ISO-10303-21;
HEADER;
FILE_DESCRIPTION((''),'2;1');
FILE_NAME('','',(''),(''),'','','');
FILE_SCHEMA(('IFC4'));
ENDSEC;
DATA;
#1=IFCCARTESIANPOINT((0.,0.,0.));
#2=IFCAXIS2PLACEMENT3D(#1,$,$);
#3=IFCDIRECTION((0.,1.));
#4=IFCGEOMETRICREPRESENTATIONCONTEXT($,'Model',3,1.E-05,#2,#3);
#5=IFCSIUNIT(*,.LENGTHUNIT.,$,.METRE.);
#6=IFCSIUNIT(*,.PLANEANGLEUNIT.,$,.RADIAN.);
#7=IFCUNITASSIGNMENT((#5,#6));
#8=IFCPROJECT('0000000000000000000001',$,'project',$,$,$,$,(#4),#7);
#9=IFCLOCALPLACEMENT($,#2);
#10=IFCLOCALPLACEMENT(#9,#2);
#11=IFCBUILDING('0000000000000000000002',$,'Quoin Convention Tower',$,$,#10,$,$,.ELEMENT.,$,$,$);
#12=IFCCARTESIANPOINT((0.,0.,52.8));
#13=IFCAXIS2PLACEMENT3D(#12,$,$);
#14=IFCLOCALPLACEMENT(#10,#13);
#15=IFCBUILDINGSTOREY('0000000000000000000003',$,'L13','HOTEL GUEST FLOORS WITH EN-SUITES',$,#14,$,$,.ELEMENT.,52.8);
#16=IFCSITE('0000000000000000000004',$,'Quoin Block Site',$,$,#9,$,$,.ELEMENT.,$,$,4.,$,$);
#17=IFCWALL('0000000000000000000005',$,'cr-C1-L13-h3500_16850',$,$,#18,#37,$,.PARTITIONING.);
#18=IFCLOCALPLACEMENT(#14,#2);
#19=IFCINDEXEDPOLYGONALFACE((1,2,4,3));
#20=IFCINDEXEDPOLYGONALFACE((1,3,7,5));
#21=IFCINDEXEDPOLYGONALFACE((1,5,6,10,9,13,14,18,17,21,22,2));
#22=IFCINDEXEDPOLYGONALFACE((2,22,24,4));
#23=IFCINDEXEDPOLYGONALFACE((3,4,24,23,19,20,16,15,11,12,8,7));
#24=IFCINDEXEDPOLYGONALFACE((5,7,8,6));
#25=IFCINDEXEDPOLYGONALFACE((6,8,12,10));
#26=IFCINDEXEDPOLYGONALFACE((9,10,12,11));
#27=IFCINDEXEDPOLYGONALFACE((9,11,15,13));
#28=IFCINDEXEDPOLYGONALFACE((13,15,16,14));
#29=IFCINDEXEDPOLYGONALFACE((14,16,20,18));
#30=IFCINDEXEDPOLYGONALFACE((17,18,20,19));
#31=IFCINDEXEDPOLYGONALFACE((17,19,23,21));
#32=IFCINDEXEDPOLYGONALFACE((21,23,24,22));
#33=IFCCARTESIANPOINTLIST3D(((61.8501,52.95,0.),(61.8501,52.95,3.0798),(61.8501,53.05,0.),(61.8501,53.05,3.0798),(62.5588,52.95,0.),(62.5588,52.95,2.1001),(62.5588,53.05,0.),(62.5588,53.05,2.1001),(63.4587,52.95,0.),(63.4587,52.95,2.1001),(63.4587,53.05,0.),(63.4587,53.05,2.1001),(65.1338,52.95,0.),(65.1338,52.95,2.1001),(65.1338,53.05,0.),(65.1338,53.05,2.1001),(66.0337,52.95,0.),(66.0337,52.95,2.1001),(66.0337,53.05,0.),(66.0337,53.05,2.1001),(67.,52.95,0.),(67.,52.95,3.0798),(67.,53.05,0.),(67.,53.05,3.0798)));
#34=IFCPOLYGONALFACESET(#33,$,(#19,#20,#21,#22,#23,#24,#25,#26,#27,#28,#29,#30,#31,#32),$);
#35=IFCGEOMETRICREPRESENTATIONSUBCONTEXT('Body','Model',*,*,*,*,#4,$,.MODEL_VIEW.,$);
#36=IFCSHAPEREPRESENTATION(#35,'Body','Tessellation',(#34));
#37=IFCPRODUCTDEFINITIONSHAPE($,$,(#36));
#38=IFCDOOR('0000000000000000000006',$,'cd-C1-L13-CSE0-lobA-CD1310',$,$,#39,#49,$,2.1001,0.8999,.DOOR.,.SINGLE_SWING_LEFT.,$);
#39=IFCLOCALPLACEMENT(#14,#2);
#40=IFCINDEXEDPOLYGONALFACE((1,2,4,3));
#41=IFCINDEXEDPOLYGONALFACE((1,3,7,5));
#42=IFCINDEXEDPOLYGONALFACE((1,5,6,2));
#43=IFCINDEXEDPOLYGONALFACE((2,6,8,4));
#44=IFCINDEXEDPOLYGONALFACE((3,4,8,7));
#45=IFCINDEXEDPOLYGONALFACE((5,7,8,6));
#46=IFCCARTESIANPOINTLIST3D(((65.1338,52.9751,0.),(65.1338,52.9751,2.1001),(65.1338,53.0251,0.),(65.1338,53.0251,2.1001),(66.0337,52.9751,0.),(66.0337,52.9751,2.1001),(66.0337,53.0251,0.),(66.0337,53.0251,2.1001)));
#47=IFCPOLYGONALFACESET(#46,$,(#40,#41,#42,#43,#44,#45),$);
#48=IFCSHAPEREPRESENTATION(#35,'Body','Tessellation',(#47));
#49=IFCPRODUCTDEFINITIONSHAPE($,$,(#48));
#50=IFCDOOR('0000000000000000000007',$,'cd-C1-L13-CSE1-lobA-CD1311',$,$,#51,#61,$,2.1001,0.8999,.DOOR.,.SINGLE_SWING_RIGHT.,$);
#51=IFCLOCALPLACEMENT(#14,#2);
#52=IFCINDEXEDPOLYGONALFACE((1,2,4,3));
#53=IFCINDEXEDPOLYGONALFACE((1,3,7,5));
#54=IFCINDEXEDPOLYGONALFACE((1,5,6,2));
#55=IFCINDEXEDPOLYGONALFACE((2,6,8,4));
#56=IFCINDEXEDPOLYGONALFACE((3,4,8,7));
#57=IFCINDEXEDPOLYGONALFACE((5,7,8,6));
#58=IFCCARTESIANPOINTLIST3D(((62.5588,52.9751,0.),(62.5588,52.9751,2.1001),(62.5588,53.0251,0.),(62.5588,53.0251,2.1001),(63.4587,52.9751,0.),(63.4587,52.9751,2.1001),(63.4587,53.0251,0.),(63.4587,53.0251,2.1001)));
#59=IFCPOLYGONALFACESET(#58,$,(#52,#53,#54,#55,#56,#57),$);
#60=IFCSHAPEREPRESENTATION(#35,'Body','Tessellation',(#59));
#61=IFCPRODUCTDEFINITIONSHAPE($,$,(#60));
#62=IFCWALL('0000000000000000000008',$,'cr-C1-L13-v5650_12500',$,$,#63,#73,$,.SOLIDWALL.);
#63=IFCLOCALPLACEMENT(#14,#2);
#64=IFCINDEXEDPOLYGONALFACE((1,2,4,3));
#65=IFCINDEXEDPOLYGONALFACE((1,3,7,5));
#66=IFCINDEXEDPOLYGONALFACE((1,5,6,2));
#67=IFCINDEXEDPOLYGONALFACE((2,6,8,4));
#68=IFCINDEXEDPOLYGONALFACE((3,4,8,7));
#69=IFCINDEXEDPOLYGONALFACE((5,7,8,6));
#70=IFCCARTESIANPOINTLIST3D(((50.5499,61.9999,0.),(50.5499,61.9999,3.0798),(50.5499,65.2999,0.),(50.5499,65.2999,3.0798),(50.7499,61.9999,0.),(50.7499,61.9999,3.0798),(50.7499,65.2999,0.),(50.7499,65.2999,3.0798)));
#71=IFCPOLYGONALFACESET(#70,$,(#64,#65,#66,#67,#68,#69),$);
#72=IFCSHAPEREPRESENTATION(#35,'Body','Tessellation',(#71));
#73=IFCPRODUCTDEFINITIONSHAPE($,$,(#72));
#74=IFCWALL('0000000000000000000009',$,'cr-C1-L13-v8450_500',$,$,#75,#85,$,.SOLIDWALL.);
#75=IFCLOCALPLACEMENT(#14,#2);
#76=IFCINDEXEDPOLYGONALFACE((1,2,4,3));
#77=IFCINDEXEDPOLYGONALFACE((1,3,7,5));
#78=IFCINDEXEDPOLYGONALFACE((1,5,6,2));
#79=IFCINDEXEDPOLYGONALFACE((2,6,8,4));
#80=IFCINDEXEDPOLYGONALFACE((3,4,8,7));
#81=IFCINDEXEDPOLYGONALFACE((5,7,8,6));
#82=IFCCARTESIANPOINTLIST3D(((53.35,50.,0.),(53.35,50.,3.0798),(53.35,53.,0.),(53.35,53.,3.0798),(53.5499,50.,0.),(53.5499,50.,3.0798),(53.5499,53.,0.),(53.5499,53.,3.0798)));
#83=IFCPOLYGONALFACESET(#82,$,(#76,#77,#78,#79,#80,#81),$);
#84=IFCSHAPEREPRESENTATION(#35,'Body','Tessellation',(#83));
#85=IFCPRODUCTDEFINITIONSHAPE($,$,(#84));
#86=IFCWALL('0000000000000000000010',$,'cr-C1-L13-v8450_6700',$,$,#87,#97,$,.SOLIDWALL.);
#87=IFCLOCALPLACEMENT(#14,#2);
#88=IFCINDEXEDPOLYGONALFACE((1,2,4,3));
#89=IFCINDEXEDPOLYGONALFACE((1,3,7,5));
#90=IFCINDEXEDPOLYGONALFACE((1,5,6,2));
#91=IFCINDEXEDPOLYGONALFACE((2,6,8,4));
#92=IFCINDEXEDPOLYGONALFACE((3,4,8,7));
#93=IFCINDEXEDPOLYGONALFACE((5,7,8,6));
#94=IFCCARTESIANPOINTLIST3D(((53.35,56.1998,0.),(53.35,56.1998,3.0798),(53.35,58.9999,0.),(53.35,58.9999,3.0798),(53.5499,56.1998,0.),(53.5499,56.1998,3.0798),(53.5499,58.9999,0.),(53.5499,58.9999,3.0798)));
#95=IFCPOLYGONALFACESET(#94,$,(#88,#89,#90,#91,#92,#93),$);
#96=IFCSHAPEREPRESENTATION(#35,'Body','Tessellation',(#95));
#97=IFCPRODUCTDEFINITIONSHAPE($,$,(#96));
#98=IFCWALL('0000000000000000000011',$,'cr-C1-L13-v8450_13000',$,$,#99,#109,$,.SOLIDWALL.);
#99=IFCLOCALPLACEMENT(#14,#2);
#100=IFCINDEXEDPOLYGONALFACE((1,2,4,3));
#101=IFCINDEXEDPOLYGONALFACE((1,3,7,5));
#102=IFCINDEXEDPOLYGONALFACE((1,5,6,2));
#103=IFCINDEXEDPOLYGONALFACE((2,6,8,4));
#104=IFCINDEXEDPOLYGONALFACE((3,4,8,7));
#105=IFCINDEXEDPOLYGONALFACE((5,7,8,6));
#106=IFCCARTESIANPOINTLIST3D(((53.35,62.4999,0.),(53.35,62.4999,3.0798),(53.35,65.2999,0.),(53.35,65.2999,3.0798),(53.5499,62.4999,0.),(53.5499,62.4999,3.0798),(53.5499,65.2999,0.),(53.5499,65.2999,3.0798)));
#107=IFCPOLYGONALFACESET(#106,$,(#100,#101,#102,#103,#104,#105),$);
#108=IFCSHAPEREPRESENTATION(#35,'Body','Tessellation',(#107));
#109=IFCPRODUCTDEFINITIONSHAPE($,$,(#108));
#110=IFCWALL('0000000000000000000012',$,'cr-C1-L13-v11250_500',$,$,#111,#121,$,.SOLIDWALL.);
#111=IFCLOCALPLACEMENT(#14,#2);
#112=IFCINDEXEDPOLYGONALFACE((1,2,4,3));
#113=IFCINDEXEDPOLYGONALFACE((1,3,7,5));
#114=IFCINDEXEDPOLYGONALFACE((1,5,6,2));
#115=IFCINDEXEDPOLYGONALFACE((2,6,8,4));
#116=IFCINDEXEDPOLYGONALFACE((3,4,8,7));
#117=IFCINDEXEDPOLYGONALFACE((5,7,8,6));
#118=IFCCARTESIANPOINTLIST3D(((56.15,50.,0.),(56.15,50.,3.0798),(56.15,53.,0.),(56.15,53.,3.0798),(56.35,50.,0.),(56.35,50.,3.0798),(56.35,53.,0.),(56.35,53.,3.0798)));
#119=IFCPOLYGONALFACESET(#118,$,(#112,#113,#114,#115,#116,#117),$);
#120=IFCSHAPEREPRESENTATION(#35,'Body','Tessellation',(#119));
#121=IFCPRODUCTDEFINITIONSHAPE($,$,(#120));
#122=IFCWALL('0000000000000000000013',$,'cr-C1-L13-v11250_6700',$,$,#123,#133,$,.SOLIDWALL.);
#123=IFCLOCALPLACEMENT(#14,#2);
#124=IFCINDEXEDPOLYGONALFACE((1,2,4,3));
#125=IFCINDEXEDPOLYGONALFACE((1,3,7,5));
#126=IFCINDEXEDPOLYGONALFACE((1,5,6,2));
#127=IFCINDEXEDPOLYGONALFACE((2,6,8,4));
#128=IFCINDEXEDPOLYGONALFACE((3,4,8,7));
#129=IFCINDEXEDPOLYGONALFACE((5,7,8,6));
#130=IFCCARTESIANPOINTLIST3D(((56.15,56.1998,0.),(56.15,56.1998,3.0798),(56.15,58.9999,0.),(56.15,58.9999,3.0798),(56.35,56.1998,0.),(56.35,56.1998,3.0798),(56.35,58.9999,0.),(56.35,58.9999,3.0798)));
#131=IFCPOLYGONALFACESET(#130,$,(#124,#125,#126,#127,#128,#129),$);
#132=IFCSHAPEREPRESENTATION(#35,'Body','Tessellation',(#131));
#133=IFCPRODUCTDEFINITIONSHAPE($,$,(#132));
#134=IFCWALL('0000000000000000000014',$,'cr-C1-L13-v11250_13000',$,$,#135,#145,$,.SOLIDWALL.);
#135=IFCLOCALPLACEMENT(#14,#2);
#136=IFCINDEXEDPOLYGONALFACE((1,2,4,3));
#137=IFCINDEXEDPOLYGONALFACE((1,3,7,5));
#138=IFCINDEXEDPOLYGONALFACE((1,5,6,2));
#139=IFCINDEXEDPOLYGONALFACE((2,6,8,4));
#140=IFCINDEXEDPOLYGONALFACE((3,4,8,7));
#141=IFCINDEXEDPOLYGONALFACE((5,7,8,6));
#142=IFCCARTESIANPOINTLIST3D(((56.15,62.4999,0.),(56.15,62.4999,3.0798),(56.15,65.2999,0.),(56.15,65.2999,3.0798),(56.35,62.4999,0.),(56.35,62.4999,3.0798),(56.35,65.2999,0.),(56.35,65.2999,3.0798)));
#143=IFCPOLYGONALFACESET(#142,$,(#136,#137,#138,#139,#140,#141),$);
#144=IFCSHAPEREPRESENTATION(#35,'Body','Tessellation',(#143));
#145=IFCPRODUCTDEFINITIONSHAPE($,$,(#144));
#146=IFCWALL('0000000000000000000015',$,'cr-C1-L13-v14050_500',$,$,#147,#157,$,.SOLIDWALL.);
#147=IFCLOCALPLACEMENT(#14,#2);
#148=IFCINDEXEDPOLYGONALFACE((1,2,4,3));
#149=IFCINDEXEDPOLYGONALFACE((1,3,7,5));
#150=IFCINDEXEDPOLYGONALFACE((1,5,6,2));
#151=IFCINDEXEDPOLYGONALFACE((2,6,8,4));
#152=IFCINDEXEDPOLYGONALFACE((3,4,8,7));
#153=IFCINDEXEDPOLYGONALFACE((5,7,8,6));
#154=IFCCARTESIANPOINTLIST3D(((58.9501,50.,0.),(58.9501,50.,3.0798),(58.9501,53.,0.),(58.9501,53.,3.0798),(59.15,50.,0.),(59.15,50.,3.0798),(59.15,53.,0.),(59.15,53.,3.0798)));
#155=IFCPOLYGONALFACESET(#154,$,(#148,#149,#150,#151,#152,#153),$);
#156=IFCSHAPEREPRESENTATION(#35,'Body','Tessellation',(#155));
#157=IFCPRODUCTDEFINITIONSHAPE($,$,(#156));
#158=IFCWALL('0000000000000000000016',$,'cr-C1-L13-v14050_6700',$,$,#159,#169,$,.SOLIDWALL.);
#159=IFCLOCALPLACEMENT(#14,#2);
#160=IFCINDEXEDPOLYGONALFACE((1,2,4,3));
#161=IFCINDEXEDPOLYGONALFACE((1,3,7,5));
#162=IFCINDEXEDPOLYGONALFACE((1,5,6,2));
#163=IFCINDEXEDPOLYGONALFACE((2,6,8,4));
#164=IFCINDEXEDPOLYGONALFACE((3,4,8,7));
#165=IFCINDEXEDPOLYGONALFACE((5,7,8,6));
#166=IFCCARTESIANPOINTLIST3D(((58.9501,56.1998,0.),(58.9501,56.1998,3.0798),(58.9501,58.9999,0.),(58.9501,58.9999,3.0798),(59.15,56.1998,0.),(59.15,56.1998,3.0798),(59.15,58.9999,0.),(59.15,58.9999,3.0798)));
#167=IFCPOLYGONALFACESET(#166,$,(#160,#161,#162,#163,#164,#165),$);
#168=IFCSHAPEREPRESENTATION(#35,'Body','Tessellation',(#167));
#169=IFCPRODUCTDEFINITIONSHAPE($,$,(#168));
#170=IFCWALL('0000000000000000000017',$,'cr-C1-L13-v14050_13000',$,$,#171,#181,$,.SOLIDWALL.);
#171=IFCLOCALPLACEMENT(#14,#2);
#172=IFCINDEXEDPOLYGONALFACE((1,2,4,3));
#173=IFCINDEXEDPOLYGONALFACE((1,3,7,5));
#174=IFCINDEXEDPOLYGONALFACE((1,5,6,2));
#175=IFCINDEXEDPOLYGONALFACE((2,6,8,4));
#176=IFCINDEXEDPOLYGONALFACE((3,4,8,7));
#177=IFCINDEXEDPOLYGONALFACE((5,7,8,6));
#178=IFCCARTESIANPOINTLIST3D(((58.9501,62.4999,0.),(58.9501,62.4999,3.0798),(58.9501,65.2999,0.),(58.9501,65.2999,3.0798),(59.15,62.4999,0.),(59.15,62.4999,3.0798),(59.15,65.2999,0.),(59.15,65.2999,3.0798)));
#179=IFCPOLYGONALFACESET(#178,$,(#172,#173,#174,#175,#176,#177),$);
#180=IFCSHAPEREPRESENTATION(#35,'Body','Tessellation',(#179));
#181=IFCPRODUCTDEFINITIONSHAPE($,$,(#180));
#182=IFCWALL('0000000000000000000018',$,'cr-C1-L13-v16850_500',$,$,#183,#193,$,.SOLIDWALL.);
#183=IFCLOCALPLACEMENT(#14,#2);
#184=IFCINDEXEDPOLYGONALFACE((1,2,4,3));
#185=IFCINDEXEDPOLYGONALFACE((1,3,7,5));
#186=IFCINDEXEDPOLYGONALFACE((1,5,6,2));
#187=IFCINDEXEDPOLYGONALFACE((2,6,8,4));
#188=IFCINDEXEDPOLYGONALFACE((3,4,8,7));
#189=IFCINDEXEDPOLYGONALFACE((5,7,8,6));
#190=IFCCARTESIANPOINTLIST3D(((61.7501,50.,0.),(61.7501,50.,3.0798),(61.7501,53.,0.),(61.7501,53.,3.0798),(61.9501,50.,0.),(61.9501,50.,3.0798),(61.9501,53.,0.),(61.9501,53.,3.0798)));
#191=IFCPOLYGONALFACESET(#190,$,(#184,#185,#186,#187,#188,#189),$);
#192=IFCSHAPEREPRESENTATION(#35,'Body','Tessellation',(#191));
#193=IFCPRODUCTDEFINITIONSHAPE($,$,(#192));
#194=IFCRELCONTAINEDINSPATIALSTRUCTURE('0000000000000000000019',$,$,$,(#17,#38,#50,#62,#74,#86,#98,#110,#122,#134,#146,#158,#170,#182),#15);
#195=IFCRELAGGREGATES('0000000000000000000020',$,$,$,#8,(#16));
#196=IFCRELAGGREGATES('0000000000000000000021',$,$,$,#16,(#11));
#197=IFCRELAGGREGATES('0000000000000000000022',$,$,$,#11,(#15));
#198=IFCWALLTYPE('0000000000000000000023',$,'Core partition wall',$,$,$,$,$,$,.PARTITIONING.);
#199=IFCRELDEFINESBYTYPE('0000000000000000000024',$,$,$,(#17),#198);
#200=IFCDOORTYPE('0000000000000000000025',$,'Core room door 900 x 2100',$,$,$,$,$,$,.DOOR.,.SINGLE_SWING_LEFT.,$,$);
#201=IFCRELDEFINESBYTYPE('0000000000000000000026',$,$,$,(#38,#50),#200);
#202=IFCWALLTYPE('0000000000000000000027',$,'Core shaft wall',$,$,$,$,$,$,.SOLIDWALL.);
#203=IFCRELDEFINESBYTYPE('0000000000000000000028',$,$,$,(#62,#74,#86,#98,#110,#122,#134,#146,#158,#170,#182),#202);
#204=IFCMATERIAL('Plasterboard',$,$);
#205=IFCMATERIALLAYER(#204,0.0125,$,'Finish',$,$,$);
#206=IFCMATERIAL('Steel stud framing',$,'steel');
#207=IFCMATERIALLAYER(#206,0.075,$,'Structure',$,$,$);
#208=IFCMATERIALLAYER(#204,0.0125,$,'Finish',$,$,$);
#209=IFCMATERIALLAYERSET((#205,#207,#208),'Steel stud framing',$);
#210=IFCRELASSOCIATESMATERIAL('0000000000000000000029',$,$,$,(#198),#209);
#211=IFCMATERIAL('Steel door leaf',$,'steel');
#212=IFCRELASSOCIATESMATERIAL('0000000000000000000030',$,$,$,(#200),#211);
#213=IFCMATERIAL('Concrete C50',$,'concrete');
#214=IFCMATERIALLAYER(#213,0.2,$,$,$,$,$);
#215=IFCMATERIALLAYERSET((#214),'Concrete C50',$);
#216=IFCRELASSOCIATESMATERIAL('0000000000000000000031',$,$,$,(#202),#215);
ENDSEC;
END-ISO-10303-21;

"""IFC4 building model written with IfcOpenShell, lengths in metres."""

from ifc_helpers import new_model, si_unit, direction, frame, frame_2d, origin, place, context, subcontext, project, spatial, rectangle, extrude, material, layer, layer_set, type_object, element, fill, save


model = new_model("IFC4")

# Units and contexts
model_context = context("Model", 3, precision=1e-05, world=origin(), true_north=direction((0.0, 1.0)))
body_context = subcontext(model_context, "Body", "Model", "MODEL_VIEW")
ifc_project = project(units=[si_unit("LENGTHUNIT", "METRE"), si_unit("PLANEANGLEUNIT", "RADIAN")], contexts=[model_context])

# Site, building, storey
site_placement = place(None, origin())
site = spatial("IfcSite", under=ifc_project, at=site_placement, Name="Quoin Block Site", CompositionType="ELEMENT", RefElevation=4.0)
building_placement = place(site_placement, origin())
building = spatial("IfcBuilding", under=site, at=building_placement, Name="Quoin Convention Tower", CompositionType="ELEMENT")
storey_placement = place(building_placement, frame((0.0, 0.0, 52.8)))
storey = spatial("IfcBuildingStorey", under=building, at=storey_placement, Name="L13", Description="HOTEL GUEST FLOORS WITH EN-SUITES", CompositionType="ELEMENT", Elevation=52.8)

# Wall, openings, doors
ifc_material_1 = material(Name="Plasterboard")
ifc_layer_1 = layer(ifc_material_1, 0.0125, Name="Finish")
ifc_material_2 = material(Name="Steel stud framing", Category="steel")
ifc_layer_2 = layer(ifc_material_2, 0.075, Name="Structure")
ifc_layer_3 = layer(ifc_material_1, 0.0125, Name="Finish")
ifc_layer_set_1 = layer_set([ifc_layer_1, ifc_layer_2, ifc_layer_3], Name="Steel stud framing")
wall_type_1 = type_object("IfcWallType", Name="Core partition wall", PredefinedType="PARTITIONING", material=ifc_layer_set_1)
wall_1_placement = place(storey_placement, frame((61.8501, 53.0, 0.0), z_axis=(0.0, 0.0, 1.0), x_axis=(1.0, 0.0, 0.0)))
wall_1 = element("IfcWall", 1, at=wall_1_placement, inside=storey, type_object=wall_type_1, Name="cr-C1-L13-h3500_16850", PredefinedType="PARTITIONING", context=body_context, shape_type="SweptSolid", body=[
    extrude(rectangle(XDim=5.1499, YDim=0.1001, at=frame_2d((2.575, 0.0))), origin(), (0.0, 0.0, 1.0), 3.0798),
])
opening_1_placement = place(wall_1_placement, frame((3.2837, 0.0, 0.0)))
opening_1 = element("IfcOpeningElement", 2, at=opening_1_placement, cuts=wall_1, PredefinedType="OPENING", context=body_context, shape_type="SweptSolid", body=[
    extrude(rectangle(XDim=0.8999, YDim=2.1001, at=frame_2d((0.45, 1.05))), frame((0.0, 0.0601, 0.0), z_axis=(0.0, -1.0, 0.0), x_axis=(1.0, 0.0, 0.0)), (0.0, 0.0, 1.0), 0.1201),
])
opening_2_placement = place(wall_1_placement, frame((0.7087, 0.0, 0.0)))
opening_2 = element("IfcOpeningElement", 3, at=opening_2_placement, cuts=wall_1, PredefinedType="OPENING", context=body_context, shape_type="SweptSolid", body=[
    extrude(rectangle(XDim=0.8999, YDim=2.1001, at=frame_2d((0.45, 1.05))), frame((0.0, 0.0601, 0.0), z_axis=(0.0, -1.0, 0.0), x_axis=(1.0, 0.0, 0.0)), (0.0, 0.0, 1.0), 0.1201),
])
ifc_material_3 = material(Name="Steel door leaf", Category="steel")
door_type_1 = type_object("IfcDoorType", Name="Core room door 900 x 2100", OperationType="SINGLE_SWING_LEFT", PredefinedType="DOOR", material=ifc_material_3)
door_1_placement = place(opening_1_placement, frame((0.8999, 0.0, 0.0), z_axis=(0.0, 0.0, 1.0), x_axis=(-1.0, 0.0, 0.0)))
door_1 = element("IfcDoor", 4, at=door_1_placement, inside=storey, type_object=door_type_1, Name="cd-C1-L13-CSE0-lobA-CD1310", OperationType="SINGLE_SWING_LEFT", OverallHeight=2.1001, OverallWidth=0.8999, PredefinedType="DOOR", context=body_context, shape_type="SweptSolid", body=[
    extrude(rectangle(XDim=0.8999, YDim=2.1001, at=frame_2d((0.45, 1.05))), frame((0.0, 0.0249, 0.0), z_axis=(0.0, -1.0, 0.0), x_axis=(1.0, 0.0, 0.0)), (0.0, 0.0, 1.0), 0.05),
])
fill(opening_1, door_1)
door_2_placement = place(opening_2_placement, frame((0.8999, 0.0, 0.0), z_axis=(0.0, 0.0, 1.0), x_axis=(-1.0, 0.0, 0.0)))
door_2 = element("IfcDoor", 5, at=door_2_placement, inside=storey, type_object=door_type_1, Name="cd-C1-L13-CSE1-lobA-CD1311", OperationType="SINGLE_SWING_RIGHT", OverallHeight=2.1001, OverallWidth=0.8999, PredefinedType="DOOR", context=body_context, shape_type="SweptSolid", body=[
    extrude(rectangle(XDim=0.8999, YDim=2.1001, at=frame_2d((0.45, 1.05))), frame((0.0, 0.0249, 0.0), z_axis=(0.0, -1.0, 0.0), x_axis=(1.0, 0.0, 0.0)), (0.0, 0.0, 1.0), 0.05),
])
fill(opening_2, door_2)

# Walls
ifc_material_4 = material(Name="Concrete C50", Category="concrete")
ifc_layer_4 = layer(ifc_material_4, 0.2)
ifc_layer_set_2 = layer_set([ifc_layer_4], Name="Concrete C50")
wall_type_2 = type_object("IfcWallType", Name="Core shaft wall", PredefinedType="SOLIDWALL", material=ifc_layer_set_2)
wall_2_placement = place(storey_placement, frame((50.6499, 62.0, 0.0), z_axis=(0.0, 0.0, 1.0), x_axis=(0.0, 1.0, 0.0)))
element("IfcWall", 6, at=wall_2_placement, inside=storey, type_object=wall_type_2, Name="cr-C1-L13-v5650_12500", PredefinedType="SOLIDWALL", context=body_context, shape_type="SweptSolid", body=[
    extrude(rectangle(XDim=3.3, YDim=0.2, at=frame_2d((1.6499, 0.0))), origin(), (0.0, 0.0, 1.0), 3.0798),
])
wall_3_placement = place(storey_placement, frame((53.45, 50.0, 0.0), z_axis=(0.0, 0.0, 1.0), x_axis=(0.0, 1.0, 0.0)))
element("IfcWall", 7, at=wall_3_placement, inside=storey, type_object=wall_type_2, Name="cr-C1-L13-v8450_500", PredefinedType="SOLIDWALL", context=body_context, shape_type="SweptSolid", body=[
    extrude(rectangle(XDim=3.0, YDim=0.2, at=frame_2d((1.5, 0.0))), origin(), (0.0, 0.0, 1.0), 3.0798),
])
for number, where, z_axis, x_axis, name in (
    (8, (53.45, 56.2, 0.0), (0.0, 0.0, 1.0), (0.0, 1.0, 0.0), "cr-C1-L13-v8450_6700"),
    (9, (53.45, 62.5, 0.0), (0.0, 0.0, 1.0), (0.0, 1.0, 0.0), "cr-C1-L13-v8450_13000"),
):
    element("IfcWall", number, at=place(storey_placement, frame(where, z_axis=z_axis, x_axis=x_axis)), inside=storey, type_object=wall_type_2, Name=name, PredefinedType="SOLIDWALL", context=body_context, shape_type="SweptSolid", body=[
        extrude(rectangle(XDim=2.8, YDim=0.2, at=frame_2d((1.3999, 0.0))), origin(), (0.0, 0.0, 1.0), 3.0798),
    ])
wall_4_placement = place(storey_placement, frame((56.25, 50.0, 0.0), z_axis=(0.0, 0.0, 1.0), x_axis=(0.0, 1.0, 0.0)))
element("IfcWall", 10, at=wall_4_placement, inside=storey, type_object=wall_type_2, Name="cr-C1-L13-v11250_500", PredefinedType="SOLIDWALL", context=body_context, shape_type="SweptSolid", body=[
    extrude(rectangle(XDim=3.0, YDim=0.2, at=frame_2d((1.5, 0.0))), origin(), (0.0, 0.0, 1.0), 3.0798),
])
for number, where, z_axis, x_axis, name in (
    (11, (56.25, 56.2, 0.0), (0.0, 0.0, 1.0), (0.0, 1.0, 0.0), "cr-C1-L13-v11250_6700"),
    (12, (56.25, 62.5, 0.0), (0.0, 0.0, 1.0), (0.0, 1.0, 0.0), "cr-C1-L13-v11250_13000"),
):
    element("IfcWall", number, at=place(storey_placement, frame(where, z_axis=z_axis, x_axis=x_axis)), inside=storey, type_object=wall_type_2, Name=name, PredefinedType="SOLIDWALL", context=body_context, shape_type="SweptSolid", body=[
        extrude(rectangle(XDim=2.8, YDim=0.2, at=frame_2d((1.3999, 0.0))), origin(), (0.0, 0.0, 1.0), 3.0798),
    ])
wall_5_placement = place(storey_placement, frame((59.05, 50.0, 0.0), z_axis=(0.0, 0.0, 1.0), x_axis=(0.0, 1.0, 0.0)))
element("IfcWall", 13, at=wall_5_placement, inside=storey, type_object=wall_type_2, Name="cr-C1-L13-v14050_500", PredefinedType="SOLIDWALL", context=body_context, shape_type="SweptSolid", body=[
    extrude(rectangle(XDim=3.0, YDim=0.2, at=frame_2d((1.5, 0.0))), origin(), (0.0, 0.0, 1.0), 3.0798),
])
for number, where, z_axis, x_axis, name in (
    (14, (59.05, 56.2, 0.0), (0.0, 0.0, 1.0), (0.0, 1.0, 0.0), "cr-C1-L13-v14050_6700"),
    (15, (59.05, 62.5, 0.0), (0.0, 0.0, 1.0), (0.0, 1.0, 0.0), "cr-C1-L13-v14050_13000"),
):
    element("IfcWall", number, at=place(storey_placement, frame(where, z_axis=z_axis, x_axis=x_axis)), inside=storey, type_object=wall_type_2, Name=name, PredefinedType="SOLIDWALL", context=body_context, shape_type="SweptSolid", body=[
        extrude(rectangle(XDim=2.8, YDim=0.2, at=frame_2d((1.3999, 0.0))), origin(), (0.0, 0.0, 1.0), 3.0798),
    ])
wall_6_placement = place(storey_placement, frame((61.8501, 50.0, 0.0), z_axis=(0.0, 0.0, 1.0), x_axis=(0.0, 1.0, 0.0)))
element("IfcWall", 16, at=wall_6_placement, inside=storey, type_object=wall_type_2, Name="cr-C1-L13-v16850_500", PredefinedType="SOLIDWALL", context=body_context, shape_type="SweptSolid", body=[
    extrude(rectangle(XDim=3.0, YDim=0.2, at=frame_2d((1.5, 0.0))), origin(), (0.0, 0.0, 1.0), 3.0798),
])

save(model, "model.ifc")
